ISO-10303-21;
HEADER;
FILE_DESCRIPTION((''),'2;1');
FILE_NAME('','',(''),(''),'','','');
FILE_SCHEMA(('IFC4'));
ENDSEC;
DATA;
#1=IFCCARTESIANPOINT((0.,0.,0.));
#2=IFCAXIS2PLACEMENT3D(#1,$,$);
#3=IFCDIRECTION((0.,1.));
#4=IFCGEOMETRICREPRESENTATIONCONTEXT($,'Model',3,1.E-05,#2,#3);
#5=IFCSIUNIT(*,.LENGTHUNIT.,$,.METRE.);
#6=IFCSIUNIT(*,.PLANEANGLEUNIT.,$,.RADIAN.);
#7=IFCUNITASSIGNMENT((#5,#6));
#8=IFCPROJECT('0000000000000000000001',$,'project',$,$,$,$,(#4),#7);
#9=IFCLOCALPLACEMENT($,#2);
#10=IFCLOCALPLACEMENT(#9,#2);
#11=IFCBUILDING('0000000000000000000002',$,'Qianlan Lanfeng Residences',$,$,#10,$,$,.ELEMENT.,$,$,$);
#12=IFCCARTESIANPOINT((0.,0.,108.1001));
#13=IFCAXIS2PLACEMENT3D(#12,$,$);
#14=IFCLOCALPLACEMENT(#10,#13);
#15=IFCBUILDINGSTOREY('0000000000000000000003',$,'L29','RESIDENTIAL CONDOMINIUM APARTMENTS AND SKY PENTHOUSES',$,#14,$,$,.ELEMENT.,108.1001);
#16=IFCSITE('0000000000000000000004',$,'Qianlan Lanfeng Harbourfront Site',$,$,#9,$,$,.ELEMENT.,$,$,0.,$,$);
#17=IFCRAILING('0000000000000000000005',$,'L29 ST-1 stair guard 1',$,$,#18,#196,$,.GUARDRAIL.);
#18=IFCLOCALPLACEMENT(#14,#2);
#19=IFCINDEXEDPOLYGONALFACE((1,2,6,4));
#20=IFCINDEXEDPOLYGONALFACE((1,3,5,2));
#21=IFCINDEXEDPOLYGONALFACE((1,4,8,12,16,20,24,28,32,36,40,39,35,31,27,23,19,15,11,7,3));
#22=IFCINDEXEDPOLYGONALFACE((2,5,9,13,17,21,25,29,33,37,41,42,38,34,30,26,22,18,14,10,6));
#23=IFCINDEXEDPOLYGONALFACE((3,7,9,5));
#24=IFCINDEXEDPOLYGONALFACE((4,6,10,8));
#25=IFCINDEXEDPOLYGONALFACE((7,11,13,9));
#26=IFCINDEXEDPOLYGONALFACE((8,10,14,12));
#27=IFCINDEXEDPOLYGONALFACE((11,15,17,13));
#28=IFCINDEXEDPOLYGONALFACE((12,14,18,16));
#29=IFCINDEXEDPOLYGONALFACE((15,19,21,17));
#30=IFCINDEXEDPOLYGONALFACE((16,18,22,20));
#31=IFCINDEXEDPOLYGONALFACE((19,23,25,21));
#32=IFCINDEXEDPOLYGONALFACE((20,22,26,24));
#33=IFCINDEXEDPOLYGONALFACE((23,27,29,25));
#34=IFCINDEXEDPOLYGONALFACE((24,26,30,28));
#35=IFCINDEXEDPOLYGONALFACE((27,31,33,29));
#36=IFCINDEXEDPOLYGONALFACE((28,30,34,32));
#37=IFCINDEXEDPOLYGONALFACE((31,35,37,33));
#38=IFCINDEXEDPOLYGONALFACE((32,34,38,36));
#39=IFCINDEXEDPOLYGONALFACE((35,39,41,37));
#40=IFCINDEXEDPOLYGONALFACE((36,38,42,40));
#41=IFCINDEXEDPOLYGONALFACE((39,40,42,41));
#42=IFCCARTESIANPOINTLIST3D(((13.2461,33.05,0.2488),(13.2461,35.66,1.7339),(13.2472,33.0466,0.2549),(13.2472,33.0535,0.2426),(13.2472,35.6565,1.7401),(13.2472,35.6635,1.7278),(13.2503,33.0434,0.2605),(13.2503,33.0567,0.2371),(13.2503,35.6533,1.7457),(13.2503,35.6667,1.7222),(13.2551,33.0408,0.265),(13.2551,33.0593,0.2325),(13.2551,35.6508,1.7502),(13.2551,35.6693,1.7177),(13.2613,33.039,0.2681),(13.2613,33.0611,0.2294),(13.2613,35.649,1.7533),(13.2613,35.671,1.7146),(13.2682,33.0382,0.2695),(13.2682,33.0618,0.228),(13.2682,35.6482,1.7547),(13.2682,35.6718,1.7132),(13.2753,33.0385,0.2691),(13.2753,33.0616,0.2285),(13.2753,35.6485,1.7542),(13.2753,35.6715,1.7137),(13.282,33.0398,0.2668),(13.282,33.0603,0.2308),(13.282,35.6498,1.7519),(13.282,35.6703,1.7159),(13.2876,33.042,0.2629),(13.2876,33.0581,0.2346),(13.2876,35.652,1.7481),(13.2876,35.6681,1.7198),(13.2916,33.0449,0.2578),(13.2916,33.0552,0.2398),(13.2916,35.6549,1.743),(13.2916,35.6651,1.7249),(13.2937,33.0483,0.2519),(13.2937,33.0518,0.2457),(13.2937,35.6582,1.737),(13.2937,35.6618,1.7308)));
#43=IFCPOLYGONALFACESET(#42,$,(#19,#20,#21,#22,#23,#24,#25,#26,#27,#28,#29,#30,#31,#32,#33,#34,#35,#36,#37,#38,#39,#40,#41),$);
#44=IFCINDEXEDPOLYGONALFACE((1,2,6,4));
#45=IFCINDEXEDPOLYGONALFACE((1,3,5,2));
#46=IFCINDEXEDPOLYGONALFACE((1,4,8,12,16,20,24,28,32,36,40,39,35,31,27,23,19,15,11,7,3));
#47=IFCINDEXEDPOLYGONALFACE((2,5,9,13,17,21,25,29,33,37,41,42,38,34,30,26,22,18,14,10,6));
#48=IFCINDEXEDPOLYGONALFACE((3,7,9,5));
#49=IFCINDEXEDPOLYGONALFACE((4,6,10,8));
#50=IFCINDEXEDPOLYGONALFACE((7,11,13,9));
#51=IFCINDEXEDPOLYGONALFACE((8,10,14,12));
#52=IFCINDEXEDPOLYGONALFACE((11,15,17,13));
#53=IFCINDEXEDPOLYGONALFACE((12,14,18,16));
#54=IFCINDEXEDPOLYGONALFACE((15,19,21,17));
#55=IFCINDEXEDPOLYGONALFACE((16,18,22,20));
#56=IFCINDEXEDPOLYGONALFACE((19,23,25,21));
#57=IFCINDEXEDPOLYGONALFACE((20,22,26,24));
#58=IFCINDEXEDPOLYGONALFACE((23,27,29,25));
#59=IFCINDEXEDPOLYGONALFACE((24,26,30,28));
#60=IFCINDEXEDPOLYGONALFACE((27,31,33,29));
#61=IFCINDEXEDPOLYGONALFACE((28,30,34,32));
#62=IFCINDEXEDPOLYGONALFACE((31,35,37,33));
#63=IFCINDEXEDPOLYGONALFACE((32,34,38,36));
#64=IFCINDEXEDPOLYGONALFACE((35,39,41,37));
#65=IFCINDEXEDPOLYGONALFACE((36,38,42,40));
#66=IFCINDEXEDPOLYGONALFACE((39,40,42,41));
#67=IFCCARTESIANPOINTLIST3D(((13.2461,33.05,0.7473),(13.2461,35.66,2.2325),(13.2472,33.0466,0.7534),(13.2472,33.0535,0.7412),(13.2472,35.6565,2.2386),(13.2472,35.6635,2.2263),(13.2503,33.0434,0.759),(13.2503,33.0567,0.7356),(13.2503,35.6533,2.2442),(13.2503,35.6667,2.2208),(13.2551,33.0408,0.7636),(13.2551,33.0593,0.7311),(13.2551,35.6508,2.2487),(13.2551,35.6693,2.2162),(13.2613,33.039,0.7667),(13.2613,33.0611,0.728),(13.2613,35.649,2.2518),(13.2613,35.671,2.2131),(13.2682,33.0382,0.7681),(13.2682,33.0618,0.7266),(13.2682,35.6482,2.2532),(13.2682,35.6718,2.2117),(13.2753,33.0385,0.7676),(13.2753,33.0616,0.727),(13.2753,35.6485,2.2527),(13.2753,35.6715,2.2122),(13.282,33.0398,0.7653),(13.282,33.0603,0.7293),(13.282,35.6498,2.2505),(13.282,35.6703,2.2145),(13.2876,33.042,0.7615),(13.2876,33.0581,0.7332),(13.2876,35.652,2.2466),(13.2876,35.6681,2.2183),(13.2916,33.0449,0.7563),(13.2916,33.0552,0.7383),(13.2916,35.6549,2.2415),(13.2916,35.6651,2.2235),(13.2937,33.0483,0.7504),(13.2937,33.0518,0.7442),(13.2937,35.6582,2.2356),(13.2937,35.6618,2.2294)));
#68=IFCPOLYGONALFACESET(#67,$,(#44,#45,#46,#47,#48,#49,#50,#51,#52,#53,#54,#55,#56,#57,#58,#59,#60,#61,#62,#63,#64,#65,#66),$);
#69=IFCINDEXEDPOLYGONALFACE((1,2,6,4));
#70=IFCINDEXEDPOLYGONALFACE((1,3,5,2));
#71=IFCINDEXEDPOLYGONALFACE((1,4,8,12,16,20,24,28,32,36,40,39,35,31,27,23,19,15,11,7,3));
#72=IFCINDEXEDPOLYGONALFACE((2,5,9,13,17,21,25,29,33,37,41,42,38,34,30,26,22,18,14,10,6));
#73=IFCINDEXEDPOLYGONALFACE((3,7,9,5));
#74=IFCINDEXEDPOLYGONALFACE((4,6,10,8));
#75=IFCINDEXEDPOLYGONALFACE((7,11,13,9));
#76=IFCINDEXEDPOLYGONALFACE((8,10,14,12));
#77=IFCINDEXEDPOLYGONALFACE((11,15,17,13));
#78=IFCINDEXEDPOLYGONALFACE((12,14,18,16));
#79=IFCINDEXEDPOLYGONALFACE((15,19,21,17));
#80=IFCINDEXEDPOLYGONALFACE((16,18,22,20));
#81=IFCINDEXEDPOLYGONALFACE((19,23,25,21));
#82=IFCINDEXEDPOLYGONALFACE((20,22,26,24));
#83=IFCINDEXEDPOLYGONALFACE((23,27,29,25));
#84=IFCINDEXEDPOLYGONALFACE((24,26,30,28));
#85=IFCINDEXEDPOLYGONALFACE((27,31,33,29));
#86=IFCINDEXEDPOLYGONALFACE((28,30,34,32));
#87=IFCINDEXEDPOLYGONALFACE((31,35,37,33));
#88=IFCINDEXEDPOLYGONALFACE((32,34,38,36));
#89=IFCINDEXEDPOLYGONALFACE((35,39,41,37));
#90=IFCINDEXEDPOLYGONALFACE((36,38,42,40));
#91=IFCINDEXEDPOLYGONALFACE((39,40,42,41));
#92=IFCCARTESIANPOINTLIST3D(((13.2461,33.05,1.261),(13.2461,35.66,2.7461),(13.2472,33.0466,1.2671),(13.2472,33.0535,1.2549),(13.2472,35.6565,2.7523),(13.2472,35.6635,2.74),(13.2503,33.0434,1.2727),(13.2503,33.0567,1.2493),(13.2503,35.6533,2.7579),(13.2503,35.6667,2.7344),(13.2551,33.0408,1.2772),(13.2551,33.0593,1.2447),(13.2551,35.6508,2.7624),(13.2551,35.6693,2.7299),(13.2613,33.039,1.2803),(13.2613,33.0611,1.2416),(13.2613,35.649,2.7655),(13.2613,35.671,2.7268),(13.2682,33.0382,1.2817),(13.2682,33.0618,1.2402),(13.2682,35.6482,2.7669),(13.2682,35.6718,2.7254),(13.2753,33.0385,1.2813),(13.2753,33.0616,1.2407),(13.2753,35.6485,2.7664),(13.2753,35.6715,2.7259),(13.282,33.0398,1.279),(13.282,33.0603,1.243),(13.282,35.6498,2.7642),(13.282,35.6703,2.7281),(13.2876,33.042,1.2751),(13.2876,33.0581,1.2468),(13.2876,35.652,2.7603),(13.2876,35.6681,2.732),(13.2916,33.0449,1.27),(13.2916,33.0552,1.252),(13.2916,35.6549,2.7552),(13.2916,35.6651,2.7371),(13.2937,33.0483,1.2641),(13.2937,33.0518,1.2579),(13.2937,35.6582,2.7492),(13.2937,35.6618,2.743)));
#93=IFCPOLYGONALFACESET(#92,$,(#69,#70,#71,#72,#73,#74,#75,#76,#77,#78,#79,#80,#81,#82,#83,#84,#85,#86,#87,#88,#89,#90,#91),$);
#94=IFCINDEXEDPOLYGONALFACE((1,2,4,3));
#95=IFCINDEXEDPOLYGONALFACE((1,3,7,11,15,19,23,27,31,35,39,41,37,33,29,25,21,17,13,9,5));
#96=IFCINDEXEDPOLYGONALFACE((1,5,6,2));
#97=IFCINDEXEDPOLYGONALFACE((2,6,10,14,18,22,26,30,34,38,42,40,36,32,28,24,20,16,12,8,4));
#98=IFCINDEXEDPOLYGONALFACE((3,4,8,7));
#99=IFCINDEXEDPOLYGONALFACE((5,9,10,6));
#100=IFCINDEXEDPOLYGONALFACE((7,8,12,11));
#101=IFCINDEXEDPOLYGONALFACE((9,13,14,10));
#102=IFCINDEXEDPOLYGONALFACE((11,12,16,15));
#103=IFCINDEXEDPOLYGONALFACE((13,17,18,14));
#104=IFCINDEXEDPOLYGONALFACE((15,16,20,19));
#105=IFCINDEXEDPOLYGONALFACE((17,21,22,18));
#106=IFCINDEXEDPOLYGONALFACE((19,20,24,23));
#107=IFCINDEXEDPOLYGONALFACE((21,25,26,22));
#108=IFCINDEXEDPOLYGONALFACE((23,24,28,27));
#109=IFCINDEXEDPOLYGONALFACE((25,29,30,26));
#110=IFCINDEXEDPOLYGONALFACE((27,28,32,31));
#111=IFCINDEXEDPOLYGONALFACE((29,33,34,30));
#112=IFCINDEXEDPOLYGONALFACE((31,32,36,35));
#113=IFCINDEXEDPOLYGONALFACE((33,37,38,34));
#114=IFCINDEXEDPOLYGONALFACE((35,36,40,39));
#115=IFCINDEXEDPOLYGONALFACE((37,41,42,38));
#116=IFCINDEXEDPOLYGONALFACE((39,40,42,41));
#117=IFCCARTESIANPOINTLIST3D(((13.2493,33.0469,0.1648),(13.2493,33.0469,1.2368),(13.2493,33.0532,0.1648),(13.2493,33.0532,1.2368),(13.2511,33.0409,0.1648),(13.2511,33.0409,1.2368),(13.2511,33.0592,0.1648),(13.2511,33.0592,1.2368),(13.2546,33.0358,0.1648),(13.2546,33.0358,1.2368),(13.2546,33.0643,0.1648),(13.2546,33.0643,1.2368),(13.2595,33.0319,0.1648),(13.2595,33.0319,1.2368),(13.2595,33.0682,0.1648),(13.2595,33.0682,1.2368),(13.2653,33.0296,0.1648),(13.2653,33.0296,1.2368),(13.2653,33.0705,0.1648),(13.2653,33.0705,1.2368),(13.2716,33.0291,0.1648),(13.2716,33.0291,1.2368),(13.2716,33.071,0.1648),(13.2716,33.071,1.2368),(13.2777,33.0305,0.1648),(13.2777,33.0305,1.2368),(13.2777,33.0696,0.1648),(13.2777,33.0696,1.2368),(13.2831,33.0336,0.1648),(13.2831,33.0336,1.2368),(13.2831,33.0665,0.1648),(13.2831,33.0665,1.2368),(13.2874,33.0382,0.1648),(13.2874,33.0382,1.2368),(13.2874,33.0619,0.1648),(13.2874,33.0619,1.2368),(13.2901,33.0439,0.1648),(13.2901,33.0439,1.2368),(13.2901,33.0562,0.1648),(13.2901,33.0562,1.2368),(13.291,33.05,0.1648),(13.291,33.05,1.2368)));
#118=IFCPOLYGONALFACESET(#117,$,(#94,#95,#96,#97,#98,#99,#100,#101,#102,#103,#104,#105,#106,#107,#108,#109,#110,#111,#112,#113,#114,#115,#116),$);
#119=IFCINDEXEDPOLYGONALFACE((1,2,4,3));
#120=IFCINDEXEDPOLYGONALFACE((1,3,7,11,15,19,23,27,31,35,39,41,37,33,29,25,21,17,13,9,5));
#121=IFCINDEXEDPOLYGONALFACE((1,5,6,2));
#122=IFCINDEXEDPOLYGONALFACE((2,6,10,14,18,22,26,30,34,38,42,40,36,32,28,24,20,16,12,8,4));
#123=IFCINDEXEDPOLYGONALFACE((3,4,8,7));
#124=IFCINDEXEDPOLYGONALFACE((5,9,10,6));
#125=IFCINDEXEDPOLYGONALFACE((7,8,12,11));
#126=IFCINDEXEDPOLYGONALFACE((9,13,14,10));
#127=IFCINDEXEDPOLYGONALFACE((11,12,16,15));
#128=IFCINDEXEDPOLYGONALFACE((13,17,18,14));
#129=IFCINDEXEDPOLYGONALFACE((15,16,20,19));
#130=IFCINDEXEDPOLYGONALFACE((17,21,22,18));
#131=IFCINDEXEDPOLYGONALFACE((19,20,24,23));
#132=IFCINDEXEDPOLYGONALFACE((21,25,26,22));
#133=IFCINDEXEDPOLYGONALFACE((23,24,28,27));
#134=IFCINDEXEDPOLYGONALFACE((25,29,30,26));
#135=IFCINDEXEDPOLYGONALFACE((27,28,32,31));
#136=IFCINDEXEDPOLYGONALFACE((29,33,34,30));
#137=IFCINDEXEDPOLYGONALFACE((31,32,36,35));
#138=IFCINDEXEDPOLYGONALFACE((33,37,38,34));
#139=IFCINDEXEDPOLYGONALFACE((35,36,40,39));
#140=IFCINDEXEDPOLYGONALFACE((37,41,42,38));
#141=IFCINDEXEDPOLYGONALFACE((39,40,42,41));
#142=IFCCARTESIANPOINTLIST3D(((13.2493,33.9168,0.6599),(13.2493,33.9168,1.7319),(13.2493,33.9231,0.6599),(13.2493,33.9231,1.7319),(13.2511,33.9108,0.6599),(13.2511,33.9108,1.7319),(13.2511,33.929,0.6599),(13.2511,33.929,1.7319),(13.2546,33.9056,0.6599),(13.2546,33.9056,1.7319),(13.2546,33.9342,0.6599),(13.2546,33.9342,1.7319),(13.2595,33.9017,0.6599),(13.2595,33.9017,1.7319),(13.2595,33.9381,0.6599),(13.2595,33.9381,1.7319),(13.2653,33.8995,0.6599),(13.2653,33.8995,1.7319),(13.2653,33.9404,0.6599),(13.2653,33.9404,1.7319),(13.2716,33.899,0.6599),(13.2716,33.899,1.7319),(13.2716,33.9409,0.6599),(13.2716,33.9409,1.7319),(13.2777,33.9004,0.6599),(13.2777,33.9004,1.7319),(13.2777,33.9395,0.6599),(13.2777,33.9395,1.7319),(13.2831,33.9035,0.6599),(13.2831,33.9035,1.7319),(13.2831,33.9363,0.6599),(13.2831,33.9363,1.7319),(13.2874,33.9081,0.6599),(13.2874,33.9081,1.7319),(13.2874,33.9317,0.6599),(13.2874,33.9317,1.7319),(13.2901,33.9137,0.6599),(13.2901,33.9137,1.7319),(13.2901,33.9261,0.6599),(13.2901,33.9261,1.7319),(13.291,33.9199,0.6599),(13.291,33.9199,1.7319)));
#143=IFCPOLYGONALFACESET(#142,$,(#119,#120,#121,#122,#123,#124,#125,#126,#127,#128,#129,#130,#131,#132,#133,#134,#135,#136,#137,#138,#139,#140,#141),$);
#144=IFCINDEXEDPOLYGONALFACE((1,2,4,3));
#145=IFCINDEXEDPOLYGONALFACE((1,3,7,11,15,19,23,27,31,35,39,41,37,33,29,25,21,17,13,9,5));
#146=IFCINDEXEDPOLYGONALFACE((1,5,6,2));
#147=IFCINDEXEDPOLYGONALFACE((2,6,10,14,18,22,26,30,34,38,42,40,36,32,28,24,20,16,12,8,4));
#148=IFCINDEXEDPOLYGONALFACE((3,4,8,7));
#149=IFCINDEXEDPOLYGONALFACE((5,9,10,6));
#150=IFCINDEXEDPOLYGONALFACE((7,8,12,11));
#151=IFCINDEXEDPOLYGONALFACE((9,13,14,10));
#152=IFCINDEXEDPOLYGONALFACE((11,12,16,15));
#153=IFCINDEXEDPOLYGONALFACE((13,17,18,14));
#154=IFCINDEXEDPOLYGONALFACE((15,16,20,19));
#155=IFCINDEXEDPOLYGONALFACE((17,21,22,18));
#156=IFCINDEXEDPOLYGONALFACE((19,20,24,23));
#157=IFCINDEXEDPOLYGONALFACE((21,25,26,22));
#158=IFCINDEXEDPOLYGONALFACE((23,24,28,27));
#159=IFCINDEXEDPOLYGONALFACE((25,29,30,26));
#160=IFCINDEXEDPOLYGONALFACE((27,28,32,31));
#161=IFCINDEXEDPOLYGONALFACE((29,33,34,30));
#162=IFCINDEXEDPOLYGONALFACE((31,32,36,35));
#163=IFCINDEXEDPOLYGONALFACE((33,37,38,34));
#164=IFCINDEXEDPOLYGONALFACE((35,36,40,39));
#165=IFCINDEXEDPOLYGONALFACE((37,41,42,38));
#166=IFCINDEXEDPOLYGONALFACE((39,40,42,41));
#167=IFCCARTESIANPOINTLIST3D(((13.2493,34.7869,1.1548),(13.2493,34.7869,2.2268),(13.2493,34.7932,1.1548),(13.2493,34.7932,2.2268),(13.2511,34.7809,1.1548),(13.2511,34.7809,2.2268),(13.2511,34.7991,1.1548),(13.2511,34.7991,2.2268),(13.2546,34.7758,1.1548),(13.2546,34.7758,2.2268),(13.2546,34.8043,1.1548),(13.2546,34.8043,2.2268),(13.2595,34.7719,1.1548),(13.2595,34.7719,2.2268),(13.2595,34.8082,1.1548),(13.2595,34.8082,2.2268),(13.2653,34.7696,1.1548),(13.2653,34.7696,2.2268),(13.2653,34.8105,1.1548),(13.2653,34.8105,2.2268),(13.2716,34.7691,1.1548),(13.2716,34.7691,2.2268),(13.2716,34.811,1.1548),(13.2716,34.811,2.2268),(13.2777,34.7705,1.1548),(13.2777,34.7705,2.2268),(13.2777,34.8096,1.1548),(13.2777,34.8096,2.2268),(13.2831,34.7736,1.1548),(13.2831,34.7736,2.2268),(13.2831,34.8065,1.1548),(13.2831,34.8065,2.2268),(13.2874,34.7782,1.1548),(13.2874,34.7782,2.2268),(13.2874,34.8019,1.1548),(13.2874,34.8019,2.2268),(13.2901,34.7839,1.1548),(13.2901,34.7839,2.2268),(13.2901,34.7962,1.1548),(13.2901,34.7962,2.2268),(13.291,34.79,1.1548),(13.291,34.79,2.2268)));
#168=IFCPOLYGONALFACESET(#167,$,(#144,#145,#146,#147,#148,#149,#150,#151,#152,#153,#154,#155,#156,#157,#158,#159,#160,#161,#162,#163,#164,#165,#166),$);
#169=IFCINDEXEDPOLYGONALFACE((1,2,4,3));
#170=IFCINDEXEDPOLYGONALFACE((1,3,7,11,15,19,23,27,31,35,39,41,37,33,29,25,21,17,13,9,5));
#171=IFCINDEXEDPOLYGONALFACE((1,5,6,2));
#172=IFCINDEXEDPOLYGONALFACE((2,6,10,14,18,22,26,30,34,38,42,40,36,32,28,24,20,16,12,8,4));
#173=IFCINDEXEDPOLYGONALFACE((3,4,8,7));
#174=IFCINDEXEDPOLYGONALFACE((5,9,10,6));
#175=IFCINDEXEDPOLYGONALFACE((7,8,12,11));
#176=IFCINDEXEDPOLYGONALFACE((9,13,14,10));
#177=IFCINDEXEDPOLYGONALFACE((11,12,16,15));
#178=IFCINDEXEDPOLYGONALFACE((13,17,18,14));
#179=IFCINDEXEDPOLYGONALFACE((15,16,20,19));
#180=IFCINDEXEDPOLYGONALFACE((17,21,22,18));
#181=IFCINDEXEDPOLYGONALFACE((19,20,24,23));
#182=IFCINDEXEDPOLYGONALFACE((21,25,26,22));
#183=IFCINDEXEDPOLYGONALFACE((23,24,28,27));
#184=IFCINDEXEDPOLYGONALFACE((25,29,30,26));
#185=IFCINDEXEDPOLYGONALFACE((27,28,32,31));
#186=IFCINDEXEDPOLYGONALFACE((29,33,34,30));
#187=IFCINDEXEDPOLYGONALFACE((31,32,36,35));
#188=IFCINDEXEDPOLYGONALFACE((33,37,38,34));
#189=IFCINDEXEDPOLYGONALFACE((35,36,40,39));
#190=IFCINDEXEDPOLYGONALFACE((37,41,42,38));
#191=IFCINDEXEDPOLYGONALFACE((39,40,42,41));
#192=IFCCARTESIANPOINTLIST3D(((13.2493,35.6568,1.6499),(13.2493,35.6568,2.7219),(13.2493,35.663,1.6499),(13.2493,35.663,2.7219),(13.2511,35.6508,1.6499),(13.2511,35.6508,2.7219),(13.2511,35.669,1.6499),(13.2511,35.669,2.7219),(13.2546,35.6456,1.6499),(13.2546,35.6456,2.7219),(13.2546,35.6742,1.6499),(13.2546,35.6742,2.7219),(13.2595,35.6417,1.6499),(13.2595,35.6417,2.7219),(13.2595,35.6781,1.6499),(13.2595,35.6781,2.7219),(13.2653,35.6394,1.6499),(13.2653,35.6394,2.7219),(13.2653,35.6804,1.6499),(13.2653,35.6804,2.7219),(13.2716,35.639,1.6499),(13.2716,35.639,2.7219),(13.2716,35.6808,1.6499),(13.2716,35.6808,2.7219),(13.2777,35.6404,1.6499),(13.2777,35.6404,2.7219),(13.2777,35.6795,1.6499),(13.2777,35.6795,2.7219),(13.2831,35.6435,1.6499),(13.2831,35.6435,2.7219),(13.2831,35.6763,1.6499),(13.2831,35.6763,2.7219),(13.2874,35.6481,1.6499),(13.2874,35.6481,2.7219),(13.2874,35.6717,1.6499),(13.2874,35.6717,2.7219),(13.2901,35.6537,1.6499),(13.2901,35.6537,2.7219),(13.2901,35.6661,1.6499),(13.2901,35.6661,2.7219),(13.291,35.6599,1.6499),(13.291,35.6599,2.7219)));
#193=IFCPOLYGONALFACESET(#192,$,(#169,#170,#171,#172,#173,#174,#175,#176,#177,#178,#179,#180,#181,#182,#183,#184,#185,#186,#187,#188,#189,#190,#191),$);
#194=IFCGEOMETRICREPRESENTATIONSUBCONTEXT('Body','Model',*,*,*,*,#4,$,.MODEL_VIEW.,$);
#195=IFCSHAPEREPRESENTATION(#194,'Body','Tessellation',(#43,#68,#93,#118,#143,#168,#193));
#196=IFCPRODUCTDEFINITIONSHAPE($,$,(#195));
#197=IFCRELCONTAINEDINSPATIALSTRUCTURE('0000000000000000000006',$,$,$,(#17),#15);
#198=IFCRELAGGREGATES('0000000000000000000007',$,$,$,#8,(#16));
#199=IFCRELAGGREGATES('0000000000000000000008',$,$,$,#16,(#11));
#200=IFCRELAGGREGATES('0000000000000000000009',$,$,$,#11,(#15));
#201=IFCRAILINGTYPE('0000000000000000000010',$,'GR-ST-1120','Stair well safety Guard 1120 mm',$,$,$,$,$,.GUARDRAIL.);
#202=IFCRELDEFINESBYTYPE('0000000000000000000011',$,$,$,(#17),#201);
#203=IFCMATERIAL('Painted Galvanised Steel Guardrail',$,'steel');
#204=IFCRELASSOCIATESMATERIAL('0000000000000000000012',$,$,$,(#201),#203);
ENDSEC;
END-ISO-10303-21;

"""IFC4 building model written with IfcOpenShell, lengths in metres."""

from ifc_helpers import new_model, si_unit, direction, frame, origin, origin_2d, place, context, subcontext, project, spatial, circle, extrude, material, type_object, element, save


model = new_model("IFC4")

# Units and contexts
model_context = context("Model", 3, precision=1e-05, world=origin(), true_north=direction((0.0, 1.0)))
body_context = subcontext(model_context, "Body", "Model", "MODEL_VIEW")
ifc_project = project(units=[si_unit("LENGTHUNIT", "METRE"), si_unit("PLANEANGLEUNIT", "RADIAN")], contexts=[model_context])

# Site, building, storey
site_placement = place(None, origin())
site = spatial("IfcSite", under=ifc_project, at=site_placement, Name="Qianlan Lanfeng Harbourfront Site", CompositionType="ELEMENT", RefElevation=0.0)
building_placement = place(site_placement, origin())
building = spatial("IfcBuilding", under=site, at=building_placement, Name="Qianlan Lanfeng Residences", CompositionType="ELEMENT")
storey_placement = place(building_placement, frame((0.0, 0.0, 108.1001)))
storey = spatial("IfcBuildingStorey", under=building, at=storey_placement, Name="L29", Description="RESIDENTIAL CONDOMINIUM APARTMENTS AND SKY PENTHOUSES", CompositionType="ELEMENT", Elevation=108.1001)

# Railing
ifc_material_1 = material(Name="Painted Galvanised Steel Guardrail", Category="steel")
railing_type_1 = type_object("IfcRailingType", Name="GR-ST-1120", Description="Stair well safety Guard 1120 mm", PredefinedType="GUARDRAIL", material=ifc_material_1)
railing_1_placement = place(storey_placement, frame((13.27, 33.05, 0.1648)))
element("IfcRailing", 1, at=railing_1_placement, inside=storey, type_object=railing_type_1, Name="L29 ST-1 stair guard 1", PredefinedType="GUARDRAIL", context=body_context, shape_type="SweptSolid", body=[
    extrude(circle(Radius=0.0239, at=origin_2d()), frame((0.0, 0.0, 0.084), z_axis=(0.0, 0.869137, 0.494571), x_axis=(-1.0, 0.0, 0.0)), (0.0, 0.0, 1.0), 3.0029),
    extrude(circle(Radius=0.0239, at=origin_2d()), frame((0.0, 0.0, 0.5825), z_axis=(0.0, 0.869137, 0.494571), x_axis=(-1.0, 0.0, 0.0)), (0.0, 0.0, 1.0), 3.0029),
    extrude(circle(Radius=0.0239, at=origin_2d()), frame((0.0, 0.0, 1.0962), z_axis=(0.0, 0.869137, 0.494571), x_axis=(-1.0, 0.0, 0.0)), (0.0, 0.0, 1.0), 3.0029),
    extrude(circle(Radius=0.021, at=origin_2d()), origin(), (0.0, 0.0, 1.0), 1.072),
    extrude(circle(Radius=0.021, at=origin_2d()), frame((0.0, 0.8699, 0.4951)), (0.0, 0.0, 1.0), 1.072),
    extrude(circle(Radius=0.021, at=origin_2d()), frame((0.0, 1.74, 0.99)), (0.0, 0.0, 1.0), 1.072),
    extrude(circle(Radius=0.021, at=origin_2d()), frame((0.0, 2.6099, 1.4851)), (0.0, 0.0, 1.0), 1.072),
])

save(model, "model.ifc")
